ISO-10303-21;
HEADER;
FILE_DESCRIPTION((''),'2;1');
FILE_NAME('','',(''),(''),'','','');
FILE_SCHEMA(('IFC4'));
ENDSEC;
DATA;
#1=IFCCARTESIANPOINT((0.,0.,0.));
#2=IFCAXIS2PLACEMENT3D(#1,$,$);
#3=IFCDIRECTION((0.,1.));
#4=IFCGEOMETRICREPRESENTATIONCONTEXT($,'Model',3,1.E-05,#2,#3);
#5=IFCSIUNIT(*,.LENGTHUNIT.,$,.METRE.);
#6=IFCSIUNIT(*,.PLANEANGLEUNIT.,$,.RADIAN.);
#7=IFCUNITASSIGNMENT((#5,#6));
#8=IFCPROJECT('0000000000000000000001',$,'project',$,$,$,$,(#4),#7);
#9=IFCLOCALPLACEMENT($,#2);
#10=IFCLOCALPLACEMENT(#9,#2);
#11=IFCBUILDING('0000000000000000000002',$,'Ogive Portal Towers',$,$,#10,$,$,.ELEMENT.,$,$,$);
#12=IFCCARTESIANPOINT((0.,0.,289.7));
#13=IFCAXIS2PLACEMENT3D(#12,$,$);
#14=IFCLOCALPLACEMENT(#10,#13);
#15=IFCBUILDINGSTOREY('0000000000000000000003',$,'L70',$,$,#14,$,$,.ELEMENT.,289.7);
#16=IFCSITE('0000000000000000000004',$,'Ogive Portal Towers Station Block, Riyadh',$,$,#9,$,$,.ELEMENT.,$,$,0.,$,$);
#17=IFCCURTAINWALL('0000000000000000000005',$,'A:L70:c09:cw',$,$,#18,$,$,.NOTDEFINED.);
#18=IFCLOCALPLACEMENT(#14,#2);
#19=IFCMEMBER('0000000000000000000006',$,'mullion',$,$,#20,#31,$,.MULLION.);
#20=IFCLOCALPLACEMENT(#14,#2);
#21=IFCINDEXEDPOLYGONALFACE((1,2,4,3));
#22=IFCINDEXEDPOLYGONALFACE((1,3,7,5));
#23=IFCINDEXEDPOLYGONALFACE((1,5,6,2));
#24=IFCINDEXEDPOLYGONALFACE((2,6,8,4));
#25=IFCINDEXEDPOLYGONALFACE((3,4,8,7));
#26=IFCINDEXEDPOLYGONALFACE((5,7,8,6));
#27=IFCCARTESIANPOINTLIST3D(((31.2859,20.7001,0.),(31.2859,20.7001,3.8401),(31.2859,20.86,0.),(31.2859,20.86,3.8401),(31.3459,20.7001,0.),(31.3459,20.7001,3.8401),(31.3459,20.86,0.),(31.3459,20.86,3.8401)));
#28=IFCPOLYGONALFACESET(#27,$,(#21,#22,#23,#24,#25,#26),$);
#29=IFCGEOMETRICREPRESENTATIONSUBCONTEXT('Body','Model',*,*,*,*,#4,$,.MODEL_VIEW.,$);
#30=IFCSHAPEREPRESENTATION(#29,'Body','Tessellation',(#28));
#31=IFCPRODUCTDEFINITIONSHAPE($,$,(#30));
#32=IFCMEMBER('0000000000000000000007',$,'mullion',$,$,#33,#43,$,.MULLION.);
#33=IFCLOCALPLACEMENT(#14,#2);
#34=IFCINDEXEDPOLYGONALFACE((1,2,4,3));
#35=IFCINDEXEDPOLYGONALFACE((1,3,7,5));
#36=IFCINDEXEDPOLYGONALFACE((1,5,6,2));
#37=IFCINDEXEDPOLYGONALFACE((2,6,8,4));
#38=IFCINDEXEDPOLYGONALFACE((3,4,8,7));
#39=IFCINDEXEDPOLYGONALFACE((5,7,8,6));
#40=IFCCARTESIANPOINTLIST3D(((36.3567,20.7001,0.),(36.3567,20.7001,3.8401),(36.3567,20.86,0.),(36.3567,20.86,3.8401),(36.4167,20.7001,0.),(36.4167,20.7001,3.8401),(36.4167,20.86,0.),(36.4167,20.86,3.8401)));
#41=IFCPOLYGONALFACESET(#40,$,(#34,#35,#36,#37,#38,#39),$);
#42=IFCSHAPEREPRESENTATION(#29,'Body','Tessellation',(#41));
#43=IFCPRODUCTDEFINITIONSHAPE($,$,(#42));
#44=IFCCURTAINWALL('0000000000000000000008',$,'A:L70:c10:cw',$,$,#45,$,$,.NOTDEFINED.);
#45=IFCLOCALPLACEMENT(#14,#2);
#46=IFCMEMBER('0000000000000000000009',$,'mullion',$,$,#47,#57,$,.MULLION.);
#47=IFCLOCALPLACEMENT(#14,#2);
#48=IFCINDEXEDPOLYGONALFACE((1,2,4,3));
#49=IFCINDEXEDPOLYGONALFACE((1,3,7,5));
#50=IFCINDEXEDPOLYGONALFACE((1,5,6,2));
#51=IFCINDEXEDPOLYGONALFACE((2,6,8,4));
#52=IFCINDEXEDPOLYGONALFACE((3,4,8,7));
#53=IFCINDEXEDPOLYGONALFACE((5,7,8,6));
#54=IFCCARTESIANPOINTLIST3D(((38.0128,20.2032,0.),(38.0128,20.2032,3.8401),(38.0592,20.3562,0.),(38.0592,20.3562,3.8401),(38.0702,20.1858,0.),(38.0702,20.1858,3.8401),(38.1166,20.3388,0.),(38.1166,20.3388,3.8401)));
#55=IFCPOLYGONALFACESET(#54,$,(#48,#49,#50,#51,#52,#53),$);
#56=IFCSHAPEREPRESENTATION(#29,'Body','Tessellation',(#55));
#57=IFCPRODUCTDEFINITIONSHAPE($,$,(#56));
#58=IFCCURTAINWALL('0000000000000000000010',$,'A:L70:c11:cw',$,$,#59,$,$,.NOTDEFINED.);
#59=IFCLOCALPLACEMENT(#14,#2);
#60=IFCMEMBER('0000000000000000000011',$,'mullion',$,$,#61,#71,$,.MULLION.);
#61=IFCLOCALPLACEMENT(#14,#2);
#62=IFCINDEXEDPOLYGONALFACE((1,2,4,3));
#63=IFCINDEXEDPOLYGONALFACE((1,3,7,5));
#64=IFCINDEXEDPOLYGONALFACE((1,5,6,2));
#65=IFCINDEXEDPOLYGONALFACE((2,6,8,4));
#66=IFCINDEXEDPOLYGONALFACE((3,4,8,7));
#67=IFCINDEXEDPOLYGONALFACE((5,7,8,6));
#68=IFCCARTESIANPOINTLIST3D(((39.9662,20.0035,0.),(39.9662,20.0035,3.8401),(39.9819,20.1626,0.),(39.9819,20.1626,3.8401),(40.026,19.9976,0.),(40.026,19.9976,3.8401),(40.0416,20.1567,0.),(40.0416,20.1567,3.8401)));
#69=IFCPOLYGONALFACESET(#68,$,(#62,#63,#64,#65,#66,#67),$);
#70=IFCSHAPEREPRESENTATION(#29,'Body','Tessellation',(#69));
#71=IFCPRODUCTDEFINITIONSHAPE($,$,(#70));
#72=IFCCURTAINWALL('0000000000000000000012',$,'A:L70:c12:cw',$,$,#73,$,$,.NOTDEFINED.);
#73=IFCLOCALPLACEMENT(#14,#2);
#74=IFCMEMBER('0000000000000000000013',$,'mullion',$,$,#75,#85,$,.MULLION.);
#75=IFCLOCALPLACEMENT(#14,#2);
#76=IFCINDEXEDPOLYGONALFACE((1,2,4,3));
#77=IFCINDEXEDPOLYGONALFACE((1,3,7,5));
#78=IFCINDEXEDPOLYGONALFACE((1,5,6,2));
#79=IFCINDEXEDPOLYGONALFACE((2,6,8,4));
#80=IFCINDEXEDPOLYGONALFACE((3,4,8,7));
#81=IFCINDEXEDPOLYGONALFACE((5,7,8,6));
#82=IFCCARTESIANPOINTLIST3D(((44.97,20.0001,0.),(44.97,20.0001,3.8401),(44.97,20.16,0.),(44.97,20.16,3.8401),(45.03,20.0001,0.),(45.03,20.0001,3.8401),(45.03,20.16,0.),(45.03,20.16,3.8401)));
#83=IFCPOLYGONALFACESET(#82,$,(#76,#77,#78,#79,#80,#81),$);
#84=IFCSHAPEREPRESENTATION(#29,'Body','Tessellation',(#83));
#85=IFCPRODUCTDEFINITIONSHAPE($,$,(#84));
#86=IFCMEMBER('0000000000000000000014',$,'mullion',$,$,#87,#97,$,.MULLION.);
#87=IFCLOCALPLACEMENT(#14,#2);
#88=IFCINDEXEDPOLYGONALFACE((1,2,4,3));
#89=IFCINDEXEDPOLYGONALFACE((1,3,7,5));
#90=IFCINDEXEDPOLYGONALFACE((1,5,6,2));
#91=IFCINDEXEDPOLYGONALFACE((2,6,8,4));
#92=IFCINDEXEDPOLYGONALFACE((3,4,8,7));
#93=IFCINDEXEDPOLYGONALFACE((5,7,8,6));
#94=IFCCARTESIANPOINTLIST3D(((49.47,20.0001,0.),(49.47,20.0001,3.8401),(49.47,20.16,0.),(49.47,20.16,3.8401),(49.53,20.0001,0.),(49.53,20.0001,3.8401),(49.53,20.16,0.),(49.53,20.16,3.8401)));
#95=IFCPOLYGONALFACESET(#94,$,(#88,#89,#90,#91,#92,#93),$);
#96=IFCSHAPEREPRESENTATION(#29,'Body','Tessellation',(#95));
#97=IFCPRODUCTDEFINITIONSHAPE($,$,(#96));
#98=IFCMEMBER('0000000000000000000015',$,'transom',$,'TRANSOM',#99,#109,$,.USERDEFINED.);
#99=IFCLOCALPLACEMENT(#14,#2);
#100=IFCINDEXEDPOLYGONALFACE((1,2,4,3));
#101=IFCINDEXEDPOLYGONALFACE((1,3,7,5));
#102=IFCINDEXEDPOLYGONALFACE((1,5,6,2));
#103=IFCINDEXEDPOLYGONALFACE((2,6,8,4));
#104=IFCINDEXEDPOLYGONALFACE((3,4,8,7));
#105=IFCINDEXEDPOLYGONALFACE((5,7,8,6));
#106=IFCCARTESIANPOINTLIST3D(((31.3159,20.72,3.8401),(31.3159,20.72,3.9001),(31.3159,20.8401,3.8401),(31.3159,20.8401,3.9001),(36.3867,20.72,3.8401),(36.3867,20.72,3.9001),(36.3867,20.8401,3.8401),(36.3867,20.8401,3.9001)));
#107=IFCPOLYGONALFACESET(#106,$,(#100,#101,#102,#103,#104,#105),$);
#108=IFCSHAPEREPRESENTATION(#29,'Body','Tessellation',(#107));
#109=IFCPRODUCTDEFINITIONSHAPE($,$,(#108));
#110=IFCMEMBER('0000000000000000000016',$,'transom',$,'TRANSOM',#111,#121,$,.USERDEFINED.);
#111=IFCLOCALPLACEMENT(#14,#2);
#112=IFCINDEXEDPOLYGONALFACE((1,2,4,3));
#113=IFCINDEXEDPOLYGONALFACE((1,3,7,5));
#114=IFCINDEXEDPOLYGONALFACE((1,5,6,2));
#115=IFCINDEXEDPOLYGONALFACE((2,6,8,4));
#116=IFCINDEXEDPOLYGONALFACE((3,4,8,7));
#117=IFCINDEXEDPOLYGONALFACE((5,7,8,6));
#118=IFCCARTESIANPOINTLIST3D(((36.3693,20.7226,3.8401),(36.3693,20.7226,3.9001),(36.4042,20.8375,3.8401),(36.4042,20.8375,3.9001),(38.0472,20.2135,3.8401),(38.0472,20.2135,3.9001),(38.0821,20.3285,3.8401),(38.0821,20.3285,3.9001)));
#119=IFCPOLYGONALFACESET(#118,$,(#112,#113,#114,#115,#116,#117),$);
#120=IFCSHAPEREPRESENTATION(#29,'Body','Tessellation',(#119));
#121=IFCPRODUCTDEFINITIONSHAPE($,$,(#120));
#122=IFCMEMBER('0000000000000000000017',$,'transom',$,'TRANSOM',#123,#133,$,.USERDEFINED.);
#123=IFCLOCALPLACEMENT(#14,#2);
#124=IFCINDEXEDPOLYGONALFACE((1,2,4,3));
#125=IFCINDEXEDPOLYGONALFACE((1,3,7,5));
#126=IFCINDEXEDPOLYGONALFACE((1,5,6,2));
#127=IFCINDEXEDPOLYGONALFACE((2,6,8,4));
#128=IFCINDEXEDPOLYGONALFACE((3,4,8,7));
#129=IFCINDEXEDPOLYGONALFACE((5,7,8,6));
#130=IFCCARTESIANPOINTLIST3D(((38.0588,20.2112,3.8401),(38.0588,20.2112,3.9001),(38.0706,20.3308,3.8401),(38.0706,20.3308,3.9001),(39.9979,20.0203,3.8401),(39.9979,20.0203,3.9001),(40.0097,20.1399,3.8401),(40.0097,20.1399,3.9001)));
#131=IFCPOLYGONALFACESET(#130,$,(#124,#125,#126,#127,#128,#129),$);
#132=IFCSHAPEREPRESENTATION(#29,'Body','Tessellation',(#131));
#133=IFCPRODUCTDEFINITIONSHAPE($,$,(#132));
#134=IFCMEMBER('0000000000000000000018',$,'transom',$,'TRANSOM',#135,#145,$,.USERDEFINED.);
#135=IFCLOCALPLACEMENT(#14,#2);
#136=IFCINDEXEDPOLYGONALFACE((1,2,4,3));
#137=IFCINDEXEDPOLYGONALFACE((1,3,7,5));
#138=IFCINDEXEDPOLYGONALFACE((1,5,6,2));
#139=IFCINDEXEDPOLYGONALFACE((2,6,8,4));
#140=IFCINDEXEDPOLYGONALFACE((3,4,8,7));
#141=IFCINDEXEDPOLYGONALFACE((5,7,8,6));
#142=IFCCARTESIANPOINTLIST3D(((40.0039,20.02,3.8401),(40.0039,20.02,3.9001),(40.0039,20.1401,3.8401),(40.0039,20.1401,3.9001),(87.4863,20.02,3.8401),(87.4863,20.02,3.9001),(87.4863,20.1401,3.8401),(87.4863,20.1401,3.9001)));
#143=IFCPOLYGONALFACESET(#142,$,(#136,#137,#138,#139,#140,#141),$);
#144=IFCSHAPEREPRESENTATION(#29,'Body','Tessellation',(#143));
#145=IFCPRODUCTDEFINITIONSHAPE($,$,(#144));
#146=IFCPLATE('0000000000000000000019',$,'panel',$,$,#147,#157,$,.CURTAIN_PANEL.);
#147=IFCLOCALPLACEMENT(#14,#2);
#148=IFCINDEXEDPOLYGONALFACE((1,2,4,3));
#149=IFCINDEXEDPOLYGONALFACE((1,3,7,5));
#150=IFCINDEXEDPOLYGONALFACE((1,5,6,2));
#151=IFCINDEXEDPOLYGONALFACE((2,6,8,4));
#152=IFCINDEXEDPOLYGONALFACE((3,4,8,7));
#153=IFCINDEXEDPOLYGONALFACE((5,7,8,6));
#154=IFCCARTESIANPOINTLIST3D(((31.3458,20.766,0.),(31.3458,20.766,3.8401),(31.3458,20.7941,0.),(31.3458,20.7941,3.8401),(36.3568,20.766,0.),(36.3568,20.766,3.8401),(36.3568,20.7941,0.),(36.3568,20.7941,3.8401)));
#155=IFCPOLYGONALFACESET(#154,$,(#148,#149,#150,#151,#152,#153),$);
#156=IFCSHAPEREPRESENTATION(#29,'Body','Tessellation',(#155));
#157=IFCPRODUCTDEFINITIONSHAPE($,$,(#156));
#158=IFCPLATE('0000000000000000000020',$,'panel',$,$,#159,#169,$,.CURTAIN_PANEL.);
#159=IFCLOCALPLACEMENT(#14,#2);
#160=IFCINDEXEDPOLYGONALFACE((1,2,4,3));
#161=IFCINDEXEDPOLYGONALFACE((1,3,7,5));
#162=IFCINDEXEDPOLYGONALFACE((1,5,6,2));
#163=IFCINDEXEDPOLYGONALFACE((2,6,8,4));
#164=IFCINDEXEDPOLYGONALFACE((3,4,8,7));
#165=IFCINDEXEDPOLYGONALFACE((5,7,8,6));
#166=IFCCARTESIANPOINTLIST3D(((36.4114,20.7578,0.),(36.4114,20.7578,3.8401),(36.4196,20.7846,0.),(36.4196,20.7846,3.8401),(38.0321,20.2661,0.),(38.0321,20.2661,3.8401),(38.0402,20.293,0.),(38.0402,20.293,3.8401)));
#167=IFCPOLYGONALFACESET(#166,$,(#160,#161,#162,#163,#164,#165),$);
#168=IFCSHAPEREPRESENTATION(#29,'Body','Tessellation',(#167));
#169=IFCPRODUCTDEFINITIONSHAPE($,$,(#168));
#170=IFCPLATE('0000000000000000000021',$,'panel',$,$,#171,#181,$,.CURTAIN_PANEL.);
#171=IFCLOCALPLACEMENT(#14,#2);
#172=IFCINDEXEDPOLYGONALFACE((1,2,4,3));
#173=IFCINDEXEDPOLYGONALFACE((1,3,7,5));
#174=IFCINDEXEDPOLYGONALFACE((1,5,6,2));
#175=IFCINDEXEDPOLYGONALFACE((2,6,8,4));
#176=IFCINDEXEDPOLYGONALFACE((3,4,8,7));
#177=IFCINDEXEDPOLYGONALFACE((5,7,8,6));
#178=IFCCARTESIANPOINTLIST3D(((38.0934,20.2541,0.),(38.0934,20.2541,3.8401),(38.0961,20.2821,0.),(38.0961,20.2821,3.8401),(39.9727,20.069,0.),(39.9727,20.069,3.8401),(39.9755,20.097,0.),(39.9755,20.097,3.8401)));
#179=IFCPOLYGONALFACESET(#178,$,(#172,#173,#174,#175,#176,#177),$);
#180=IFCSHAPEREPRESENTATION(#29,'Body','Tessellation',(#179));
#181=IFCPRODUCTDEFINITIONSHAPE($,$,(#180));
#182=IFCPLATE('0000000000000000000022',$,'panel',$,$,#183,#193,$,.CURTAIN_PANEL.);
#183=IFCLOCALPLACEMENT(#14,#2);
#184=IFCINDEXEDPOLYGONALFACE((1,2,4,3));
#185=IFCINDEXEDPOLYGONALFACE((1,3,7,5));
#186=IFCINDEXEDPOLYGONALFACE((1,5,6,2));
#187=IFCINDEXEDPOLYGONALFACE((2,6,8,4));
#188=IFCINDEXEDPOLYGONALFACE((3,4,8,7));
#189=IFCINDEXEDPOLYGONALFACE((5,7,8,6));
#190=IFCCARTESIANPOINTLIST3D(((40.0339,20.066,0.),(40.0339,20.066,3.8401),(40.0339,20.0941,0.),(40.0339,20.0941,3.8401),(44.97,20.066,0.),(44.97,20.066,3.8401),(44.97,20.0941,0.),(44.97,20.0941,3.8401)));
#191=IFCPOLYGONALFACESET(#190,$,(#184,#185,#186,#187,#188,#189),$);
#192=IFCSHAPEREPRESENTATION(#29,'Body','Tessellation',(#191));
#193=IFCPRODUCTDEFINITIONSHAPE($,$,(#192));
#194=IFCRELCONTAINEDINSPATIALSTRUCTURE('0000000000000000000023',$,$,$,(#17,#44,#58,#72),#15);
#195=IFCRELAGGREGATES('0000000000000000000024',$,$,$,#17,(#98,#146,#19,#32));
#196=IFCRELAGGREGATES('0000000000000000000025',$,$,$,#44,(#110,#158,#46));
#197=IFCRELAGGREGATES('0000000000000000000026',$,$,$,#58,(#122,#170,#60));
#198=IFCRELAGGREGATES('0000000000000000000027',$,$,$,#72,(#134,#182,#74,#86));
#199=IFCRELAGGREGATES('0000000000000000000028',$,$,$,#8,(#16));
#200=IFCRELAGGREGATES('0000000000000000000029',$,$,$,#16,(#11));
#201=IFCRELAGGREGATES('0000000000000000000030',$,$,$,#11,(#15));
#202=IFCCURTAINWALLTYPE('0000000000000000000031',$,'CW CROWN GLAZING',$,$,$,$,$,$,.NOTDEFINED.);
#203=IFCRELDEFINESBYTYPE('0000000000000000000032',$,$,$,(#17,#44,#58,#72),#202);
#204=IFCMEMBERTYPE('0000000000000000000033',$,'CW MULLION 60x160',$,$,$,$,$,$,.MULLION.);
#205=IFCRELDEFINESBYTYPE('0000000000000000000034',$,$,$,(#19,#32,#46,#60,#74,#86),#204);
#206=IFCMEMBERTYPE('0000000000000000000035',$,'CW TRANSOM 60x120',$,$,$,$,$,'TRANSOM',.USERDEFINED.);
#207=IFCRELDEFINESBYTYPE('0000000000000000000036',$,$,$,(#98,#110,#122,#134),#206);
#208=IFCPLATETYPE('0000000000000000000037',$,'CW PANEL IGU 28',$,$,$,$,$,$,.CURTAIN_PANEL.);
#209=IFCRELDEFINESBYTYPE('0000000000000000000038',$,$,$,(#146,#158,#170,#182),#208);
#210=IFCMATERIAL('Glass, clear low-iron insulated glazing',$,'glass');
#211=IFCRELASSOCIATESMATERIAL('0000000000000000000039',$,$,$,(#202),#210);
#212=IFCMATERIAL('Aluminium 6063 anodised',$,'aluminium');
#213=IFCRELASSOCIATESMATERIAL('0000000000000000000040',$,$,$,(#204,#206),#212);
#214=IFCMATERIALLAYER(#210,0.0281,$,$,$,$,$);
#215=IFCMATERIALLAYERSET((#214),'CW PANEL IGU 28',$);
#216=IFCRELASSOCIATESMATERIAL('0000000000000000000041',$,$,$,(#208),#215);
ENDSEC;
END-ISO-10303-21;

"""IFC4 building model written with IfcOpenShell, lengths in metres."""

from ifc_helpers import new_model, si_unit, direction, frame, origin, origin_2d, place, context, subcontext, project, spatial, rectangle, extrude, material, layer, layer_set, material_profile, profile_set, type_object, element, aggregate, save


model = new_model("IFC4")

# Units and contexts
model_context = context("Model", 3, precision=1e-05, world=origin(), true_north=direction((0.0, 1.0)))
body_context = subcontext(model_context, "Body", "Model", "MODEL_VIEW")
ifc_project = project(units=[si_unit("LENGTHUNIT", "METRE"), si_unit("PLANEANGLEUNIT", "RADIAN")], contexts=[model_context])

# Site, building, storey
site_placement = place(None, origin())
site = spatial("IfcSite", under=ifc_project, at=site_placement, Name="Ogive Portal Towers Station Block, Riyadh", CompositionType="ELEMENT", RefElevation=0.0)
building_placement = place(site_placement, origin())
building = spatial("IfcBuilding", under=site, at=building_placement, Name="Ogive Portal Towers", CompositionType="ELEMENT")
storey_placement = place(building_placement, frame((0.0, 0.0, 289.7)))
storey = spatial("IfcBuildingStorey", under=building, at=storey_placement, Name="L70", CompositionType="ELEMENT", Elevation=289.7)

# Curtain wall, members
ifc_material_1 = material(Name="Glass, clear low-iron insulated glazing", Category="glass")
curtain_wall_type = type_object("IfcCurtainWallType", Name="CW CROWN GLAZING", PredefinedType="NOTDEFINED", material=ifc_material_1)
curtain_wall_1_placement = place(storey_placement, origin())
curtain_wall_1 = element("IfcCurtainWall", 1, at=curtain_wall_1_placement, inside=storey, type_object=curtain_wall_type, Name="A:L70:c09:cw", PredefinedType="NOTDEFINED")
ifc_material_2 = material(Name="Aluminium 6063 anodised", Category="aluminium")
ifc_material_profile_1 = material_profile(ifc_material_2, rectangle(XDim=0.1599, YDim=0.0601, at=origin_2d()), Name="AL 60x160")
ifc_profile_set_1 = profile_set([ifc_material_profile_1], Name="Aluminium 6063 anodised")
member_type_1 = type_object("IfcMemberType", Name="CW MULLION 60x160", PredefinedType="MULLION", material=ifc_profile_set_1)
member_1_placement = place(storey_placement, frame((31.3159, 20.78, 0.0), z_axis=(0.0, 0.0, 1.0), x_axis=(0.0, 1.0, 0.0)))
member_1 = element("IfcMember", 2, at=member_1_placement, type_object=member_type_1, Name="mullion", PredefinedType="MULLION", context=body_context, shape_type="SweptSolid", body=[
    extrude(rectangle(XDim=0.1599, YDim=0.0601, at=origin_2d()), origin(), (0.0, 0.0, 1.0), 3.8401),
])
member_2_placement = place(storey_placement, frame((36.3867, 20.78, 0.0), z_axis=(0.0, 0.0, 1.0), x_axis=(0.0, 1.0, 0.0)))
member_2 = element("IfcMember", 3, at=member_2_placement, type_object=member_type_1, Name="mullion", PredefinedType="MULLION", context=body_context, shape_type="SweptSolid", body=[
    extrude(rectangle(XDim=0.1599, YDim=0.0601, at=origin_2d()), origin(), (0.0, 0.0, 1.0), 3.8401),
])

# Curtain walls, members
curtain_wall_2_placement = place(storey_placement, origin())
curtain_wall_2 = element("IfcCurtainWall", 4, at=curtain_wall_2_placement, inside=storey, type_object=curtain_wall_type, Name="A:L70:c10:cw", PredefinedType="NOTDEFINED")
member_3_placement = place(storey_placement, frame((38.0647, 20.271, 0.0), z_axis=(0.0, 0.0, 1.0), x_axis=(0.290285, 0.95694, 0.0)))
member_3 = element("IfcMember", 5, at=member_3_placement, type_object=member_type_1, Name="mullion", PredefinedType="MULLION", context=body_context, shape_type="SweptSolid", body=[
    extrude(rectangle(XDim=0.1599, YDim=0.0601, at=origin_2d()), origin(), (0.0, 0.0, 1.0), 3.8401),
])
curtain_wall_3_placement = place(storey_placement, origin())
curtain_wall_3 = element("IfcCurtainWall", 6, at=curtain_wall_3_placement, inside=storey, type_object=curtain_wall_type, Name="A:L70:c11:cw", PredefinedType="NOTDEFINED")
member_4_placement = place(storey_placement, frame((40.0039, 20.0801, 0.0), z_axis=(0.0, 0.0, 1.0), x_axis=(0.098017, 0.995185, 0.0)))
member_4 = element("IfcMember", 7, at=member_4_placement, type_object=member_type_1, Name="mullion", PredefinedType="MULLION", context=body_context, shape_type="SweptSolid", body=[
    extrude(rectangle(XDim=0.1599, YDim=0.0601, at=origin_2d()), origin(), (0.0, 0.0, 1.0), 3.8401),
])

# Curtain wall, members
curtain_wall_4_placement = place(storey_placement, origin())
curtain_wall_4 = element("IfcCurtainWall", 8, at=curtain_wall_4_placement, inside=storey, type_object=curtain_wall_type, Name="A:L70:c12:cw", PredefinedType="NOTDEFINED")
member_5_placement = place(storey_placement, frame((45.0, 20.0801, 0.0), z_axis=(0.0, 0.0, 1.0), x_axis=(0.0, 1.0, 0.0)))
member_5 = element("IfcMember", 9, at=member_5_placement, type_object=member_type_1, Name="mullion", PredefinedType="MULLION", context=body_context, shape_type="SweptSolid", body=[
    extrude(rectangle(XDim=0.1599, YDim=0.0601, at=origin_2d()), origin(), (0.0, 0.0, 1.0), 3.8401),
])
member_6_placement = place(storey_placement, frame((49.5, 20.0801, 0.0), z_axis=(0.0, 0.0, 1.0), x_axis=(0.0, 1.0, 0.0)))
member_6 = element("IfcMember", 10, at=member_6_placement, type_object=member_type_1, Name="mullion", PredefinedType="MULLION", context=body_context, shape_type="SweptSolid", body=[
    extrude(rectangle(XDim=0.1599, YDim=0.0601, at=origin_2d()), origin(), (0.0, 0.0, 1.0), 3.8401),
])

# Members
ifc_material_profile_2 = material_profile(ifc_material_2, rectangle(XDim=0.1201, YDim=0.0601, at=origin_2d()), Name="AL 120x60")
ifc_profile_set_2 = profile_set([ifc_material_profile_2], Name="Aluminium 6063 anodised")
member_type_2 = type_object("IfcMemberType", Name="CW TRANSOM 60x120", ElementType="TRANSOM", PredefinedType="USERDEFINED", material=ifc_profile_set_2)
member_7_placement = place(storey_placement, frame((31.3159, 20.78, 3.8701), z_axis=(1.0, 0.0, 0.0), x_axis=(0.0, 1.0, 0.0)))
member_7 = element("IfcMember", 11, at=member_7_placement, type_object=member_type_2, Name="transom", ObjectType="TRANSOM", PredefinedType="USERDEFINED", context=body_context, shape_type="SweptSolid", body=[
    extrude(rectangle(XDim=0.1201, YDim=0.0601, at=origin_2d()), origin(), (0.0, 0.0, 1.0), 5.0708),
])
member_8_placement = place(storey_placement, frame((36.3867, 20.78, 3.8701), z_axis=(0.956937, -0.290297, 0.0), x_axis=(0.290297, 0.956937, 0.0)))
member_8 = element("IfcMember", 12, at=member_8_placement, type_object=member_type_2, Name="transom", ObjectType="TRANSOM", PredefinedType="USERDEFINED", context=body_context, shape_type="SweptSolid", body=[
    extrude(rectangle(XDim=0.1201, YDim=0.0601, at=origin_2d()), origin(), (0.0, 0.0, 1.0), 1.7534),
])
member_9_placement = place(storey_placement, frame((38.0647, 20.271, 3.8701), z_axis=(0.995189, -0.097978, 0.0), x_axis=(0.097978, 0.995189, 0.0)))
member_9 = element("IfcMember", 13, at=member_9_placement, type_object=member_type_2, Name="transom", ObjectType="TRANSOM", PredefinedType="USERDEFINED", context=body_context, shape_type="SweptSolid", body=[
    extrude(rectangle(XDim=0.1201, YDim=0.0601, at=origin_2d()), origin(), (0.0, 0.0, 1.0), 1.9485),
])
member_10_placement = place(storey_placement, frame((40.0039, 20.0801, 3.8701), z_axis=(1.0, 0.0, 0.0), x_axis=(0.0, 1.0, 0.0)))
member_10 = element("IfcMember", 14, at=member_10_placement, type_object=member_type_2, Name="transom", ObjectType="TRANSOM", PredefinedType="USERDEFINED", context=body_context, shape_type="SweptSolid", body=[
    extrude(rectangle(XDim=0.1201, YDim=0.0601, at=origin_2d()), origin(), (0.0, 0.0, 1.0), 47.4824),
])

# Plates
ifc_layer_1 = layer(ifc_material_1, 0.0281)
ifc_layer_set_1 = layer_set([ifc_layer_1], Name="CW PANEL IGU 28")
plate_type = type_object("IfcPlateType", Name="CW PANEL IGU 28", PredefinedType="CURTAIN_PANEL", material=ifc_layer_set_1)
plate_1_placement = place(storey_placement, frame((33.8513, 20.78, 0.0), z_axis=(0.0, 0.0, 1.0), x_axis=(1.0, 0.0, 0.0)))
plate_1 = element("IfcPlate", 15, at=plate_1_placement, type_object=plate_type, Name="panel", PredefinedType="CURTAIN_PANEL", context=body_context, shape_type="SweptSolid", body=[
    extrude(rectangle(XDim=5.011, YDim=0.0281, at=origin_2d()), origin(), (0.0, 0.0, 1.0), 3.8401),
])
aggregate(curtain_wall_1, [member_7, plate_1, member_1, member_2])
plate_2_placement = place(storey_placement, frame((37.2258, 20.5254, 0.0), z_axis=(0.0, 0.0, 1.0), x_axis=(0.95694, -0.290285, 0.0)))
plate_2 = element("IfcPlate", 16, at=plate_2_placement, type_object=plate_type, Name="panel", PredefinedType="CURTAIN_PANEL", context=body_context, shape_type="SweptSolid", body=[
    extrude(rectangle(XDim=1.6936, YDim=0.0281, at=origin_2d()), origin(), (0.0, 0.0, 1.0), 3.8401),
])
aggregate(curtain_wall_2, [member_8, plate_2, member_3])
plate_3_placement = place(storey_placement, frame((39.0344, 20.1755, 0.0), z_axis=(0.0, 0.0, 1.0), x_axis=(0.995185, -0.098017, 0.0)))
plate_3 = element("IfcPlate", 17, at=plate_3_placement, type_object=plate_type, Name="panel", PredefinedType="CURTAIN_PANEL", context=body_context, shape_type="SweptSolid", body=[
    extrude(rectangle(XDim=1.8884, YDim=0.0281, at=origin_2d()), origin(), (0.0, 0.0, 1.0), 3.8401),
])
aggregate(curtain_wall_3, [member_9, plate_3, member_4])
plate_4_placement = place(storey_placement, frame((42.502, 20.0801, 0.0), z_axis=(0.0, 0.0, 1.0), x_axis=(1.0, 0.0, 0.0)))
plate_4 = element("IfcPlate", 18, at=plate_4_placement, type_object=plate_type, Name="panel", PredefinedType="CURTAIN_PANEL", context=body_context, shape_type="SweptSolid", body=[
    extrude(rectangle(XDim=4.936, YDim=0.0281, at=origin_2d()), origin(), (0.0, 0.0, 1.0), 3.8401),
])
aggregate(curtain_wall_4, [member_10, plate_4, member_5, member_6])

save(model, "model.ifc")
